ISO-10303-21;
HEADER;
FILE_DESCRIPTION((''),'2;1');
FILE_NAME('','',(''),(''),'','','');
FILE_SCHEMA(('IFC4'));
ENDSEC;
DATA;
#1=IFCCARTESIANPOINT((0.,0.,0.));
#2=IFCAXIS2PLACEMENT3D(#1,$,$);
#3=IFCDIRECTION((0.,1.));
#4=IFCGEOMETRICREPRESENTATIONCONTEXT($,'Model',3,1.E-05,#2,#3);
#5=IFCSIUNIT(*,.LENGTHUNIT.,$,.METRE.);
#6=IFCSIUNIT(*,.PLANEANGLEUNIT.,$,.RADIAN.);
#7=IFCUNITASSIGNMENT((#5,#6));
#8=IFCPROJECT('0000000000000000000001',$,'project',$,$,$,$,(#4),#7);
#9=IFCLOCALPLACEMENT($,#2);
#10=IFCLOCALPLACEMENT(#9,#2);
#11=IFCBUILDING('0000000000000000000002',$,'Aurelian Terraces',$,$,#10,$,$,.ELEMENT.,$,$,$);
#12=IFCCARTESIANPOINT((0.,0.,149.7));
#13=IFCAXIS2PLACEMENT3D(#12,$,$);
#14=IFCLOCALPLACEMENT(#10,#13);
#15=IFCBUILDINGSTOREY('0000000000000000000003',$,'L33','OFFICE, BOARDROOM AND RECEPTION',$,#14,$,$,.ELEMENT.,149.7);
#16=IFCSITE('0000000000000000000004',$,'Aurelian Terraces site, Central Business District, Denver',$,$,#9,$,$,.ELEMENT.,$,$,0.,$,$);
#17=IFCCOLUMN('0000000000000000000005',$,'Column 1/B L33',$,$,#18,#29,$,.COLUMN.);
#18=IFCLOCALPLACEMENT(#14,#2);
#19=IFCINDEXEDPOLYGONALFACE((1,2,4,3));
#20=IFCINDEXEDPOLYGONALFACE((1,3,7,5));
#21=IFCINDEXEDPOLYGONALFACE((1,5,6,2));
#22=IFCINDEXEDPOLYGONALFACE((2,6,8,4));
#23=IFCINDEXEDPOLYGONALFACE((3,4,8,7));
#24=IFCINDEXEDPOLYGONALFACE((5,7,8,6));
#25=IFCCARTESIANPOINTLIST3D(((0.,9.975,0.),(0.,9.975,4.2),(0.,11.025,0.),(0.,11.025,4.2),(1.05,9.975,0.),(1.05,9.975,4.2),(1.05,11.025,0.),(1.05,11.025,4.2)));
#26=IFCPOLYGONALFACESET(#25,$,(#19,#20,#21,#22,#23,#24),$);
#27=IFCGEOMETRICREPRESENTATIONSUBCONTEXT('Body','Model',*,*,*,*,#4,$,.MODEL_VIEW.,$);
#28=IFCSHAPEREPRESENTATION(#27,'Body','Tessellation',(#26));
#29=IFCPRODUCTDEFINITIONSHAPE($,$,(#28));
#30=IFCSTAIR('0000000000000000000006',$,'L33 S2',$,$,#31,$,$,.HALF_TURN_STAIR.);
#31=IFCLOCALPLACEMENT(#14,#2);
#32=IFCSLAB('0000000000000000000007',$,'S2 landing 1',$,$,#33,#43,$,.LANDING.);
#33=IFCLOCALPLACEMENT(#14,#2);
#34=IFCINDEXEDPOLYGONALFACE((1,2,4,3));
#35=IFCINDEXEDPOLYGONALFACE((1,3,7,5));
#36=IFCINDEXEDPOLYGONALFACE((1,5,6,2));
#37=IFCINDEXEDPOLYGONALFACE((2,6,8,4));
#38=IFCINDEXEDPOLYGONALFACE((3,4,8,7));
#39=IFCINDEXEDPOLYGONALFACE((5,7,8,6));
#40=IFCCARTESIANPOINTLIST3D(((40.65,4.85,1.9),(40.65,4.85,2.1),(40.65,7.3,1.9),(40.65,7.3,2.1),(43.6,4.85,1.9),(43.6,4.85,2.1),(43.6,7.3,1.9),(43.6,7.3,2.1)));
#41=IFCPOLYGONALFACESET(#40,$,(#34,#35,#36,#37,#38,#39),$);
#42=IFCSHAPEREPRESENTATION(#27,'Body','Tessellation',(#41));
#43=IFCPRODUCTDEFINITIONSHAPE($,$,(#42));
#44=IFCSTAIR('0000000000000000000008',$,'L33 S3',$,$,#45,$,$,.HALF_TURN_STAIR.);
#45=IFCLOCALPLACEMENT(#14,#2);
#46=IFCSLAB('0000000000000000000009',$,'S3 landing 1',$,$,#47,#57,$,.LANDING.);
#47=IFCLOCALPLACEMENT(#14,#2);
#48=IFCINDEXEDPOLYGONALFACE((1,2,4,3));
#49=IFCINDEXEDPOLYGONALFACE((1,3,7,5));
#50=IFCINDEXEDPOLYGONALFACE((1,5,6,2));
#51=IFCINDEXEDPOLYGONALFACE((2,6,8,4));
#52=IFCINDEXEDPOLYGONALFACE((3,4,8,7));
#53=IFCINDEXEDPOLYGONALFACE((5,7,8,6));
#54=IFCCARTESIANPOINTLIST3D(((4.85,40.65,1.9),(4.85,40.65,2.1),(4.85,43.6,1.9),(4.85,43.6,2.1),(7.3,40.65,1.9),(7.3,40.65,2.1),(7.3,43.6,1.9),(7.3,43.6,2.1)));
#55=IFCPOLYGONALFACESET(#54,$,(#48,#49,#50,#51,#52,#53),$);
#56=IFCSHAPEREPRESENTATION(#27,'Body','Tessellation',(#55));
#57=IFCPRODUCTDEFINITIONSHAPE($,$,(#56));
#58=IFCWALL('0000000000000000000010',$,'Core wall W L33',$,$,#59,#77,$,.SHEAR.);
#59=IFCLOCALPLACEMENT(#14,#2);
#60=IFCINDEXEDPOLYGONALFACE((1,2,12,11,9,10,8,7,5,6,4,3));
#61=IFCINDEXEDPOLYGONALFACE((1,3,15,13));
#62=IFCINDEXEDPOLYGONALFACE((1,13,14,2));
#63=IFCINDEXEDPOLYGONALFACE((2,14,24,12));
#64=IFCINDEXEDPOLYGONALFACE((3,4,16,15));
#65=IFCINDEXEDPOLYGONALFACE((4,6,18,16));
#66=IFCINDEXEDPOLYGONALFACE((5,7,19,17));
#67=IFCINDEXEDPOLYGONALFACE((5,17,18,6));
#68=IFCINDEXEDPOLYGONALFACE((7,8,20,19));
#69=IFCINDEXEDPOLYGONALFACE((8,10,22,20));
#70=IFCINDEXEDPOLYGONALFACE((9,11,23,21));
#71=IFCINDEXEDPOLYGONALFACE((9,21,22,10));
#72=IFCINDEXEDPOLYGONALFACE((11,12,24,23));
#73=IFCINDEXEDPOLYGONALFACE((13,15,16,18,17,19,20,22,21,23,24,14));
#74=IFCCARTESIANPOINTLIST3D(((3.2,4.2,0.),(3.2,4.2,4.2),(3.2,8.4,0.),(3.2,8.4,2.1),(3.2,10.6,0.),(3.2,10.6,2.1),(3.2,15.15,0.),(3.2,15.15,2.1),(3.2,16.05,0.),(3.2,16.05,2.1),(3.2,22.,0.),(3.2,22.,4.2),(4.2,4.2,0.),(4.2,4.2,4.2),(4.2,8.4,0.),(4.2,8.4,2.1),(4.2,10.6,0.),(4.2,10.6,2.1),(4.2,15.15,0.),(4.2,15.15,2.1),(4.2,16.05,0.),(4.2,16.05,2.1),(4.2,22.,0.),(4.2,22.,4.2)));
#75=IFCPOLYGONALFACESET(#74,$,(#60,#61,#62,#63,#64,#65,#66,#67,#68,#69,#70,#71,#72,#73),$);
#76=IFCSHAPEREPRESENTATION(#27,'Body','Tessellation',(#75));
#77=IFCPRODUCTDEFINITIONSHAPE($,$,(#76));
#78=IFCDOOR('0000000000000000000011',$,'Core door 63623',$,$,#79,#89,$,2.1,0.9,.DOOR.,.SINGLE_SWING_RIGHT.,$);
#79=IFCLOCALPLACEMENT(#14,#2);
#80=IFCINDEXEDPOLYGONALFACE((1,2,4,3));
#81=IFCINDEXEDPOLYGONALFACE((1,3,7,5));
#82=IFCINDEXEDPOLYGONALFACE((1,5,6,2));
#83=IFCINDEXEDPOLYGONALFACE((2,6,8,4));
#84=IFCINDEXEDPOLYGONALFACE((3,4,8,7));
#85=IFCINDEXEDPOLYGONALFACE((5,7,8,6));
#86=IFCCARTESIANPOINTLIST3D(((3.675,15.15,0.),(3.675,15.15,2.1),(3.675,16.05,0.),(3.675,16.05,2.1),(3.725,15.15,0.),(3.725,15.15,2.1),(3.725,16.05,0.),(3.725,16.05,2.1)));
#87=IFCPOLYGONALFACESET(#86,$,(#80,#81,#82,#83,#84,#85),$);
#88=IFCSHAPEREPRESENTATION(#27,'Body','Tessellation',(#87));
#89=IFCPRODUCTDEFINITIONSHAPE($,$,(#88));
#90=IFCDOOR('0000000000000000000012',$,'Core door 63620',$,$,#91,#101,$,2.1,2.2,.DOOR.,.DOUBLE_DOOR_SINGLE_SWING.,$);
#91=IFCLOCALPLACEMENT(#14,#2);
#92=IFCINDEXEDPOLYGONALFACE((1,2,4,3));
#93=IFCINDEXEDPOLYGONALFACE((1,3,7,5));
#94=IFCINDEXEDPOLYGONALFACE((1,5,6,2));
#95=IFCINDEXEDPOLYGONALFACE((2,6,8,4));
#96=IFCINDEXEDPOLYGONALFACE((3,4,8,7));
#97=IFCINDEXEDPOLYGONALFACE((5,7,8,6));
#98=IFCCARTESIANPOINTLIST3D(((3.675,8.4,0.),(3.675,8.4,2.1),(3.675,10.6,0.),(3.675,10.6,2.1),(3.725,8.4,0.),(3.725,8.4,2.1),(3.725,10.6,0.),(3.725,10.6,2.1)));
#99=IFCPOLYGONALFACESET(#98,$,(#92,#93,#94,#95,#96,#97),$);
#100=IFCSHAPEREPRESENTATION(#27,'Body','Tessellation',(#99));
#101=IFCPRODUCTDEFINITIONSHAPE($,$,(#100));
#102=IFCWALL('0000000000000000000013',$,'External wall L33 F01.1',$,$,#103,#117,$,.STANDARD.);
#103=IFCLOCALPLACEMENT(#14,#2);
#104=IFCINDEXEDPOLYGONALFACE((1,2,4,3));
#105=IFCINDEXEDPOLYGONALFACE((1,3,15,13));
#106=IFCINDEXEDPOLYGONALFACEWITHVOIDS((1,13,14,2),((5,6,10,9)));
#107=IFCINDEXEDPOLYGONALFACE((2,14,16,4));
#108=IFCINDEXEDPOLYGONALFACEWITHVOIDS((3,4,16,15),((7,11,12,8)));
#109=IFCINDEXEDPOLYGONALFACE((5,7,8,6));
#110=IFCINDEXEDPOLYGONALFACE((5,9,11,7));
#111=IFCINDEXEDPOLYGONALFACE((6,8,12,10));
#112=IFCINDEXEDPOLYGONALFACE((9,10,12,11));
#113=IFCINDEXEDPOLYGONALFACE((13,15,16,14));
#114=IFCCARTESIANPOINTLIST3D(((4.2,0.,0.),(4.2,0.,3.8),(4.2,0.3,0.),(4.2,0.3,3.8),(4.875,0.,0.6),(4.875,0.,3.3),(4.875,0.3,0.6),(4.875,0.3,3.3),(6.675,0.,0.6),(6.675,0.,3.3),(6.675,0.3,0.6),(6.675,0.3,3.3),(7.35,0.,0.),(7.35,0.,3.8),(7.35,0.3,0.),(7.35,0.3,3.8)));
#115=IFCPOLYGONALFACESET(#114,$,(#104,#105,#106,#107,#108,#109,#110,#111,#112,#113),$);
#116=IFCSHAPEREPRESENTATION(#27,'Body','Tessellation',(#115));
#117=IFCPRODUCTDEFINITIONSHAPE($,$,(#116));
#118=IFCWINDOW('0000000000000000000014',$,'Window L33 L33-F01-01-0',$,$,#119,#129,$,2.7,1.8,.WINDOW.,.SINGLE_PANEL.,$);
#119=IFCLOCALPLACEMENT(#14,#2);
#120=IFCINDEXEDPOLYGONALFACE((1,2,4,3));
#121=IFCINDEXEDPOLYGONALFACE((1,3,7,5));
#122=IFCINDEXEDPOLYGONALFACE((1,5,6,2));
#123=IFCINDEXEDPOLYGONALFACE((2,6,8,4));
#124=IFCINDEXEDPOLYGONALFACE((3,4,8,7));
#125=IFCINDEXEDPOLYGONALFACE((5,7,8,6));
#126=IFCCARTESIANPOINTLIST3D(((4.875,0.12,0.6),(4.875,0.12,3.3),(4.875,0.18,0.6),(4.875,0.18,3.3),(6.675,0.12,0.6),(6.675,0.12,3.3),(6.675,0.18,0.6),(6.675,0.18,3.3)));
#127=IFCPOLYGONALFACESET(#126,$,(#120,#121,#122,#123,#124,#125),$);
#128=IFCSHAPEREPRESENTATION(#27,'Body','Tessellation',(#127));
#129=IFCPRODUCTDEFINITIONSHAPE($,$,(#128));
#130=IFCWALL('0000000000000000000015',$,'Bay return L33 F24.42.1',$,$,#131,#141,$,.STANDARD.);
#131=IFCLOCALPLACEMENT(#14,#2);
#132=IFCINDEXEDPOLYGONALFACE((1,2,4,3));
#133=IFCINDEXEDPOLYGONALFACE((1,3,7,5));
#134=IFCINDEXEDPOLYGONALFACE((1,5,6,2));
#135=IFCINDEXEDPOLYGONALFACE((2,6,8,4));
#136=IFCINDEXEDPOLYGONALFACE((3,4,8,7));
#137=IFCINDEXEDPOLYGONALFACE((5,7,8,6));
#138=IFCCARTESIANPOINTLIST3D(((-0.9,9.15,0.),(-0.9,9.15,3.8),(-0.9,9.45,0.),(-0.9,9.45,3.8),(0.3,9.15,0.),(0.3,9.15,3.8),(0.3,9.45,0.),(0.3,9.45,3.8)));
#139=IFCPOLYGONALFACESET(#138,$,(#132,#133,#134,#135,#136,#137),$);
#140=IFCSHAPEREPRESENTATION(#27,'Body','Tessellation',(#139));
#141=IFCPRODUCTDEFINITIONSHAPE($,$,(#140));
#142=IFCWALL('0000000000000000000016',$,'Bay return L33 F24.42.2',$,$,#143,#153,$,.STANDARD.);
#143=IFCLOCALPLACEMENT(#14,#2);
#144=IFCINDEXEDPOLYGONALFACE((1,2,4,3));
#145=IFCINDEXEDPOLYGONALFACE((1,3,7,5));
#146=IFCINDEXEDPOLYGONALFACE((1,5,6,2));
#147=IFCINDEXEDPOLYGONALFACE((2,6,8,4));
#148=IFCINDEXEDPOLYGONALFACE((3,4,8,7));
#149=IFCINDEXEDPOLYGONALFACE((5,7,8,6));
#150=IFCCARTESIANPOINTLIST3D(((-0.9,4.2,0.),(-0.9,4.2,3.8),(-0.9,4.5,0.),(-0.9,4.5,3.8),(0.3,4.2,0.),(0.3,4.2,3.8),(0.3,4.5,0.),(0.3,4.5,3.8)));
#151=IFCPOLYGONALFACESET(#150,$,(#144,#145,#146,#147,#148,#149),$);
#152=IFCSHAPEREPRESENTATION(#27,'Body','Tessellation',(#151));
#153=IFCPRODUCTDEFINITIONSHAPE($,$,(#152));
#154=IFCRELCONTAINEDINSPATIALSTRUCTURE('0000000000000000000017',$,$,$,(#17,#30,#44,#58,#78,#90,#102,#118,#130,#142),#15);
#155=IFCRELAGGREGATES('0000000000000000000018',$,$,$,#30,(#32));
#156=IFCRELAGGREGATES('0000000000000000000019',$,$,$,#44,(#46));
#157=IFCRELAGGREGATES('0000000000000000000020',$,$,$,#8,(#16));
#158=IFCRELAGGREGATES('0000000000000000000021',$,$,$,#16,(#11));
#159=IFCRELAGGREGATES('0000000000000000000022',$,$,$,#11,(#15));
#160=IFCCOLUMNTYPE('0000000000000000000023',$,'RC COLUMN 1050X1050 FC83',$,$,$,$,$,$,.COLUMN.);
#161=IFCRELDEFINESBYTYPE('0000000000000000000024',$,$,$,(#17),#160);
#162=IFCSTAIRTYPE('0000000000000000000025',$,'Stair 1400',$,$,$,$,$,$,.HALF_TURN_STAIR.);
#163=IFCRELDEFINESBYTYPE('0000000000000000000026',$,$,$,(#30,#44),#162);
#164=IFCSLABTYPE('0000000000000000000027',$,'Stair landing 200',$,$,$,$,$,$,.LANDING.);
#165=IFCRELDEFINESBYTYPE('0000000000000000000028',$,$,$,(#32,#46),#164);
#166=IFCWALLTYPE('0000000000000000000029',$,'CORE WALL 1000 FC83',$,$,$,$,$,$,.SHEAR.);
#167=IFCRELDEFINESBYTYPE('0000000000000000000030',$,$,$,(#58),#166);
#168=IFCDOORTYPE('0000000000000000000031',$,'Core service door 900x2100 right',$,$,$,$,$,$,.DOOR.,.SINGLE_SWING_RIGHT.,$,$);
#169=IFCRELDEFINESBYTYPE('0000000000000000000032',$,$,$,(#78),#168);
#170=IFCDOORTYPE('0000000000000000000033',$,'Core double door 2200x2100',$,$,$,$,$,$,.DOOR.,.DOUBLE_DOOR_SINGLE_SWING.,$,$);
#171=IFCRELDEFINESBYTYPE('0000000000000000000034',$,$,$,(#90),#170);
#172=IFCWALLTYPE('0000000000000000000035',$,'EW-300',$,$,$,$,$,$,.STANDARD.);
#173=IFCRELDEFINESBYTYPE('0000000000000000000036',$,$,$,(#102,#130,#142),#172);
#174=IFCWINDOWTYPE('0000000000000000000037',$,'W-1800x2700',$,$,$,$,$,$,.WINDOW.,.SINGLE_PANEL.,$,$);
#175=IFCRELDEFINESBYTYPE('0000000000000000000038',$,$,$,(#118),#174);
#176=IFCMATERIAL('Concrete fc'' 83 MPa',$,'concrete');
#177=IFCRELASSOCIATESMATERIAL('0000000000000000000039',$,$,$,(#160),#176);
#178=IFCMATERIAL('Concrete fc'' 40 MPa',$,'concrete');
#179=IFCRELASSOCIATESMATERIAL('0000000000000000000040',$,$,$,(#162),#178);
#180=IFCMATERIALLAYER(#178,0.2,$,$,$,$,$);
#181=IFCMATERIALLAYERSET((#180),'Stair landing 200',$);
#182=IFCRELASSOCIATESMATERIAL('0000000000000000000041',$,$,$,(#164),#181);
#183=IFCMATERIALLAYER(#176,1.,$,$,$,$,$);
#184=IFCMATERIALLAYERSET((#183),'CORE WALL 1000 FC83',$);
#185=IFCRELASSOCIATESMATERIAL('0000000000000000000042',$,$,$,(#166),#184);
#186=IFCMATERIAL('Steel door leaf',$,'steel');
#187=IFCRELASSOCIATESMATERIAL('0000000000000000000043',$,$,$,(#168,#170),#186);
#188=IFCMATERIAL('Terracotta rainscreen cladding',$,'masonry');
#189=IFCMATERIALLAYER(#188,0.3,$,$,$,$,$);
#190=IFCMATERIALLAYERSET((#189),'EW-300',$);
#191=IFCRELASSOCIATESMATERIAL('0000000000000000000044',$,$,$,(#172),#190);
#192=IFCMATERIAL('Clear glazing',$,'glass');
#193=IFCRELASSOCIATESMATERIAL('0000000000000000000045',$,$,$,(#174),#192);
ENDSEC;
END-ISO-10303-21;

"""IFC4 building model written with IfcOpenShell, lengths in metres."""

from ifc_helpers import new_model, si_unit, direction, frame, frame_2d, origin, origin_2d, place, context, subcontext, project, spatial, polyline, rectangle, outline, extrude, source, transform, mapped, material, layer, layer_set, material_profile, profile_set, type_object, element, fill, aggregate, save


model = new_model("IFC4")

# Units and contexts
model_context = context("Model", 3, precision=1e-05, world=origin(), true_north=direction((0.0, 1.0)))
body_context = subcontext(model_context, "Body", "Model", "MODEL_VIEW")
ifc_project = project(units=[si_unit("LENGTHUNIT", "METRE"), si_unit("PLANEANGLEUNIT", "RADIAN")], contexts=[model_context])

# Site, building, storey
site_placement = place(None, origin())
site = spatial("IfcSite", under=ifc_project, at=site_placement, Name="Aurelian Terraces site, Central Business District, Denver", CompositionType="ELEMENT", RefElevation=0.0)
building_placement = place(site_placement, origin())
building = spatial("IfcBuilding", under=site, at=building_placement, Name="Aurelian Terraces", CompositionType="ELEMENT")
storey_placement = place(building_placement, frame((0.0, 0.0, 149.7)))
storey = spatial("IfcBuildingStorey", under=building, at=storey_placement, Name="L33", Description="OFFICE, BOARDROOM AND RECEPTION", CompositionType="ELEMENT", Elevation=149.7)

# Column
ifc_material_1 = material(Name="Concrete fc' 83 MPa", Category="concrete")
ifc_material_profile = material_profile(ifc_material_1, rectangle(XDim=1.05, YDim=1.05, at=origin_2d()))
ifc_profile_set = profile_set([ifc_material_profile], Name="Concrete fc' 83 MPa")
column_type = type_object("IfcColumnType", Name="RC COLUMN 1050X1050 FC83", PredefinedType="COLUMN", material=ifc_profile_set)
shared_shape_1 = source(origin(), body_context, "Body", "SweptSolid", [
    extrude(rectangle(XDim=1.05, YDim=1.05, at=origin_2d()), origin(), (0.0, 0.0, 1.0), 4.2),
])
column_placement = place(storey_placement, frame((0.525, 10.5, 0.0), z_axis=(0.0, 0.0, 1.0), x_axis=(1.0, 0.0, 0.0)))
element("IfcColumn", 1, at=column_placement, inside=storey, type_object=column_type, Name="Column 1/B L33", PredefinedType="COLUMN", context=body_context, shape_type="MappedRepresentation", body=[
    mapped(shared_shape_1, transform((0.0, 0.0, 0.0), scale=1.0)),
])

# Stairs, slabs
ifc_material_2 = material(Name="Concrete fc' 40 MPa", Category="concrete")
stair_type = type_object("IfcStairType", Name="Stair 1400", PredefinedType="HALF_TURN_STAIR", material=ifc_material_2)
stair_1_placement = place(storey_placement, origin())
stair_1 = element("IfcStair", 2, at=stair_1_placement, inside=storey, type_object=stair_type, Name="L33 S2", PredefinedType="HALF_TURN_STAIR")
ifc_layer_1 = layer(ifc_material_2, 0.2)
ifc_layer_set_1 = layer_set([ifc_layer_1], Name="Stair landing 200")
slab_type = type_object("IfcSlabType", Name="Stair landing 200", PredefinedType="LANDING", material=ifc_layer_set_1)
shared_shape_2 = source(origin(), body_context, "Body", "SweptSolid", [
    extrude(outline(polyline([(43.6, 4.85), (43.6, 7.3), (40.65, 7.3), (40.65, 4.85), (43.6, 4.85)])), origin(), (0.0, 0.0, 1.0), 0.2),
])
slab_1_placement = place(storey_placement, frame((0.0, 0.0, 1.9)))
slab_1 = element("IfcSlab", 3, at=slab_1_placement, type_object=slab_type, Name="S2 landing 1", PredefinedType="LANDING", context=body_context, shape_type="MappedRepresentation", body=[
    mapped(shared_shape_2, transform((0.0, 0.0, 0.0), scale=1.0)),
])
aggregate(stair_1, [slab_1])
stair_2_placement = place(storey_placement, origin())
stair_2 = element("IfcStair", 4, at=stair_2_placement, inside=storey, type_object=stair_type, Name="L33 S3", PredefinedType="HALF_TURN_STAIR")
shared_shape_3 = source(origin(), body_context, "Body", "SweptSolid", [
    extrude(outline(polyline([(4.85, 40.65), (7.3, 40.65), (7.3, 43.6), (4.85, 43.6), (4.85, 40.65)])), origin(), (0.0, 0.0, 1.0), 0.2),
])
slab_2_placement = place(storey_placement, frame((0.0, 0.0, 1.9)))
slab_2 = element("IfcSlab", 5, at=slab_2_placement, type_object=slab_type, Name="S3 landing 1", PredefinedType="LANDING", context=body_context, shape_type="MappedRepresentation", body=[
    mapped(shared_shape_3, transform((0.0, 0.0, 0.0), scale=1.0)),
])
aggregate(stair_2, [slab_2])

# Wall, openings, doors
ifc_layer_2 = layer(ifc_material_1, 1.0)
ifc_layer_set_2 = layer_set([ifc_layer_2], Name="CORE WALL 1000 FC83")
wall_type_1 = type_object("IfcWallType", Name="CORE WALL 1000 FC83", PredefinedType="SHEAR", material=ifc_layer_set_2)
shared_shape_4 = source(origin(), body_context, "Body", "SweptSolid", [
    extrude(rectangle(XDim=17.8, YDim=1.0, at=frame_2d((8.9, 0.0))), origin(), (0.0, 0.0, 1.0), 4.2),
])
wall_1_placement = place(storey_placement, frame((3.7, 4.2, 0.0), z_axis=(0.0, 0.0, 1.0), x_axis=(0.0, 1.0, 0.0)))
wall_1 = element("IfcWall", 6, at=wall_1_placement, inside=storey, type_object=wall_type_1, Name="Core wall W L33", PredefinedType="SHEAR", context=body_context, shape_type="MappedRepresentation", body=[
    mapped(shared_shape_4, transform((0.0, 0.0, 0.0), scale=1.0)),
])
shared_shape_5 = source(origin(), body_context, "Body", "SweptSolid", [
    extrude(rectangle(XDim=2.2, YDim=2.1, at=frame_2d((1.1, 1.05))), frame((0.0, 0.51, 0.0), z_axis=(0.0, -1.0, 0.0), x_axis=(1.0, 0.0, 0.0)), (0.0, 0.0, 1.0), 1.02),
])
opening_1_placement = place(wall_1_placement, frame((4.2, 0.0, 0.0)))
opening_1 = element("IfcOpeningElement", 7, at=opening_1_placement, cuts=wall_1, PredefinedType="OPENING", context=body_context, shape_type="MappedRepresentation", body=[
    mapped(shared_shape_5, transform((0.0, 0.0, 0.0), scale=1.0)),
])
shared_shape_6 = source(origin(), body_context, "Body", "SweptSolid", [
    extrude(rectangle(XDim=0.9, YDim=2.1, at=frame_2d((0.45, 1.05))), frame((0.0, 0.51, 0.0), z_axis=(0.0, -1.0, 0.0), x_axis=(1.0, 0.0, 0.0)), (0.0, 0.0, 1.0), 1.02),
])
opening_2_placement = place(wall_1_placement, frame((10.95, 0.0, 0.0)))
opening_2 = element("IfcOpeningElement", 8, at=opening_2_placement, cuts=wall_1, PredefinedType="OPENING", context=body_context, shape_type="MappedRepresentation", body=[
    mapped(shared_shape_6, transform((0.0, 0.0, 0.0), scale=1.0)),
])
ifc_material_3 = material(Name="Steel door leaf", Category="steel")
door_type_1 = type_object("IfcDoorType", Name="Core service door 900x2100 right", OperationType="SINGLE_SWING_RIGHT", PredefinedType="DOOR", material=ifc_material_3)
shared_shape_7 = source(origin(), body_context, "Body", "SweptSolid", [
    extrude(rectangle(XDim=0.9, YDim=2.1, at=frame_2d((0.45, 1.05))), frame((0.0, 0.025, 0.0), z_axis=(0.0, -1.0, 0.0), x_axis=(1.0, 0.0, 0.0)), (0.0, 0.0, 1.0), 0.05),
])
door_1_placement = place(opening_2_placement, origin())
door_1 = element("IfcDoor", 9, at=door_1_placement, inside=storey, type_object=door_type_1, Name="Core door 63623", OperationType="SINGLE_SWING_RIGHT", OverallHeight=2.1, OverallWidth=0.9, PredefinedType="DOOR", context=body_context, shape_type="MappedRepresentation", body=[
    mapped(shared_shape_7, transform((0.0, 0.0, 0.0), scale=1.0)),
])
fill(opening_2, door_1)
door_type_2 = type_object("IfcDoorType", Name="Core double door 2200x2100", OperationType="DOUBLE_DOOR_SINGLE_SWING", PredefinedType="DOOR", material=ifc_material_3)
shared_shape_8 = source(origin(), body_context, "Body", "SweptSolid", [
    extrude(rectangle(XDim=2.2, YDim=2.1, at=frame_2d((1.1, 1.05))), frame((0.0, 0.025, 0.0), z_axis=(0.0, -1.0, 0.0), x_axis=(1.0, 0.0, 0.0)), (0.0, 0.0, 1.0), 0.05),
])
door_2_placement = place(opening_1_placement, origin())
door_2 = element("IfcDoor", 10, at=door_2_placement, inside=storey, type_object=door_type_2, Name="Core door 63620", OperationType="DOUBLE_DOOR_SINGLE_SWING", OverallHeight=2.1, OverallWidth=2.2, PredefinedType="DOOR", context=body_context, shape_type="MappedRepresentation", body=[
    mapped(shared_shape_8, transform((0.0, 0.0, 0.0), scale=1.0)),
])
fill(opening_1, door_2)

# Wall, opening, window
ifc_material_4 = material(Name="Terracotta rainscreen cladding", Category="masonry")
ifc_layer_3 = layer(ifc_material_4, 0.3)
ifc_layer_set_3 = layer_set([ifc_layer_3], Name="EW-300")
wall_type_2 = type_object("IfcWallType", Name="EW-300", PredefinedType="STANDARD", material=ifc_layer_set_3)
shared_shape_9 = source(origin(), body_context, "Body", "SweptSolid", [
    extrude(rectangle(XDim=3.15, YDim=0.3, at=frame_2d((1.575, 0.0))), origin(), (0.0, 0.0, 1.0), 3.8),
])
wall_2_placement = place(storey_placement, frame((4.2, 0.15, 0.0), z_axis=(0.0, 0.0, 1.0), x_axis=(1.0, 0.0, 0.0)))
wall_2 = element("IfcWall", 11, at=wall_2_placement, inside=storey, type_object=wall_type_2, Name="External wall L33 F01.1", PredefinedType="STANDARD", context=body_context, shape_type="MappedRepresentation", body=[
    mapped(shared_shape_9, transform((0.0, 0.0, 0.0), scale=1.0)),
])
shared_shape_10 = source(origin(), body_context, "Body", "SweptSolid", [
    extrude(rectangle(XDim=1.8, YDim=2.7, at=frame_2d((0.9, 1.35))), frame((0.0, 0.16, 0.0), z_axis=(0.0, -1.0, 0.0), x_axis=(1.0, 0.0, 0.0)), (0.0, 0.0, 1.0), 0.32),
])
opening_3_placement = place(wall_2_placement, frame((0.675, 0.0, 0.6)))
opening_3 = element("IfcOpeningElement", 12, at=opening_3_placement, cuts=wall_2, PredefinedType="OPENING", context=body_context, shape_type="MappedRepresentation", body=[
    mapped(shared_shape_10, transform((0.0, 0.0, 0.0), scale=1.0)),
])
ifc_material_5 = material(Name="Clear glazing", Category="glass")
window_type_1 = type_object("IfcWindowType", Name="W-1800x2700", PartitioningType="SINGLE_PANEL", PredefinedType="WINDOW", material=ifc_material_5)
shared_shape_11 = source(origin(), body_context, "Body", "SweptSolid", [
    extrude(rectangle(XDim=1.8, YDim=2.7, at=frame_2d((0.9, 1.35))), frame((0.0, 0.03, 0.0), z_axis=(0.0, -1.0, 0.0), x_axis=(1.0, 0.0, 0.0)), (0.0, 0.0, 1.0), 0.06),
])
window_1_placement = place(opening_3_placement, origin())
window_1 = element("IfcWindow", 13, at=window_1_placement, inside=storey, type_object=window_type_1, Name="Window L33 L33-F01-01-0", OverallHeight=2.7, OverallWidth=1.8, PartitioningType="SINGLE_PANEL", PredefinedType="WINDOW", context=body_context, shape_type="MappedRepresentation", body=[
    mapped(shared_shape_11, transform((0.0, 0.0, 0.0), scale=1.0)),
])
fill(opening_3, window_1)

# Walls
shared_shape_12 = source(origin(), body_context, "Body", "SweptSolid", [
    extrude(rectangle(XDim=1.2, YDim=0.3, at=frame_2d((0.6, 0.0))), origin(), (0.0, 0.0, 1.0), 3.8),
])
for number, where, z_axis, x_axis, name in (
    (14, (0.3, 9.3, 0.0), (0.0, 0.0, 1.0), (-1.0, 0.0, 0.0), "Bay return L33 F24.42.1"),
    (15, (0.3, 4.35, 0.0), (0.0, 0.0, 1.0), (-1.0, 0.0, 0.0), "Bay return L33 F24.42.2"),
):
    element("IfcWall", number, at=place(storey_placement, frame(where, z_axis=z_axis, x_axis=x_axis)), inside=storey, type_object=wall_type_2, Name=name, PredefinedType="STANDARD", context=body_context, shape_type="MappedRepresentation", body=[
        mapped(shared_shape_12, transform((0.0, 0.0, 0.0), scale=1.0)),
    ])

save(model, "model.ifc")
